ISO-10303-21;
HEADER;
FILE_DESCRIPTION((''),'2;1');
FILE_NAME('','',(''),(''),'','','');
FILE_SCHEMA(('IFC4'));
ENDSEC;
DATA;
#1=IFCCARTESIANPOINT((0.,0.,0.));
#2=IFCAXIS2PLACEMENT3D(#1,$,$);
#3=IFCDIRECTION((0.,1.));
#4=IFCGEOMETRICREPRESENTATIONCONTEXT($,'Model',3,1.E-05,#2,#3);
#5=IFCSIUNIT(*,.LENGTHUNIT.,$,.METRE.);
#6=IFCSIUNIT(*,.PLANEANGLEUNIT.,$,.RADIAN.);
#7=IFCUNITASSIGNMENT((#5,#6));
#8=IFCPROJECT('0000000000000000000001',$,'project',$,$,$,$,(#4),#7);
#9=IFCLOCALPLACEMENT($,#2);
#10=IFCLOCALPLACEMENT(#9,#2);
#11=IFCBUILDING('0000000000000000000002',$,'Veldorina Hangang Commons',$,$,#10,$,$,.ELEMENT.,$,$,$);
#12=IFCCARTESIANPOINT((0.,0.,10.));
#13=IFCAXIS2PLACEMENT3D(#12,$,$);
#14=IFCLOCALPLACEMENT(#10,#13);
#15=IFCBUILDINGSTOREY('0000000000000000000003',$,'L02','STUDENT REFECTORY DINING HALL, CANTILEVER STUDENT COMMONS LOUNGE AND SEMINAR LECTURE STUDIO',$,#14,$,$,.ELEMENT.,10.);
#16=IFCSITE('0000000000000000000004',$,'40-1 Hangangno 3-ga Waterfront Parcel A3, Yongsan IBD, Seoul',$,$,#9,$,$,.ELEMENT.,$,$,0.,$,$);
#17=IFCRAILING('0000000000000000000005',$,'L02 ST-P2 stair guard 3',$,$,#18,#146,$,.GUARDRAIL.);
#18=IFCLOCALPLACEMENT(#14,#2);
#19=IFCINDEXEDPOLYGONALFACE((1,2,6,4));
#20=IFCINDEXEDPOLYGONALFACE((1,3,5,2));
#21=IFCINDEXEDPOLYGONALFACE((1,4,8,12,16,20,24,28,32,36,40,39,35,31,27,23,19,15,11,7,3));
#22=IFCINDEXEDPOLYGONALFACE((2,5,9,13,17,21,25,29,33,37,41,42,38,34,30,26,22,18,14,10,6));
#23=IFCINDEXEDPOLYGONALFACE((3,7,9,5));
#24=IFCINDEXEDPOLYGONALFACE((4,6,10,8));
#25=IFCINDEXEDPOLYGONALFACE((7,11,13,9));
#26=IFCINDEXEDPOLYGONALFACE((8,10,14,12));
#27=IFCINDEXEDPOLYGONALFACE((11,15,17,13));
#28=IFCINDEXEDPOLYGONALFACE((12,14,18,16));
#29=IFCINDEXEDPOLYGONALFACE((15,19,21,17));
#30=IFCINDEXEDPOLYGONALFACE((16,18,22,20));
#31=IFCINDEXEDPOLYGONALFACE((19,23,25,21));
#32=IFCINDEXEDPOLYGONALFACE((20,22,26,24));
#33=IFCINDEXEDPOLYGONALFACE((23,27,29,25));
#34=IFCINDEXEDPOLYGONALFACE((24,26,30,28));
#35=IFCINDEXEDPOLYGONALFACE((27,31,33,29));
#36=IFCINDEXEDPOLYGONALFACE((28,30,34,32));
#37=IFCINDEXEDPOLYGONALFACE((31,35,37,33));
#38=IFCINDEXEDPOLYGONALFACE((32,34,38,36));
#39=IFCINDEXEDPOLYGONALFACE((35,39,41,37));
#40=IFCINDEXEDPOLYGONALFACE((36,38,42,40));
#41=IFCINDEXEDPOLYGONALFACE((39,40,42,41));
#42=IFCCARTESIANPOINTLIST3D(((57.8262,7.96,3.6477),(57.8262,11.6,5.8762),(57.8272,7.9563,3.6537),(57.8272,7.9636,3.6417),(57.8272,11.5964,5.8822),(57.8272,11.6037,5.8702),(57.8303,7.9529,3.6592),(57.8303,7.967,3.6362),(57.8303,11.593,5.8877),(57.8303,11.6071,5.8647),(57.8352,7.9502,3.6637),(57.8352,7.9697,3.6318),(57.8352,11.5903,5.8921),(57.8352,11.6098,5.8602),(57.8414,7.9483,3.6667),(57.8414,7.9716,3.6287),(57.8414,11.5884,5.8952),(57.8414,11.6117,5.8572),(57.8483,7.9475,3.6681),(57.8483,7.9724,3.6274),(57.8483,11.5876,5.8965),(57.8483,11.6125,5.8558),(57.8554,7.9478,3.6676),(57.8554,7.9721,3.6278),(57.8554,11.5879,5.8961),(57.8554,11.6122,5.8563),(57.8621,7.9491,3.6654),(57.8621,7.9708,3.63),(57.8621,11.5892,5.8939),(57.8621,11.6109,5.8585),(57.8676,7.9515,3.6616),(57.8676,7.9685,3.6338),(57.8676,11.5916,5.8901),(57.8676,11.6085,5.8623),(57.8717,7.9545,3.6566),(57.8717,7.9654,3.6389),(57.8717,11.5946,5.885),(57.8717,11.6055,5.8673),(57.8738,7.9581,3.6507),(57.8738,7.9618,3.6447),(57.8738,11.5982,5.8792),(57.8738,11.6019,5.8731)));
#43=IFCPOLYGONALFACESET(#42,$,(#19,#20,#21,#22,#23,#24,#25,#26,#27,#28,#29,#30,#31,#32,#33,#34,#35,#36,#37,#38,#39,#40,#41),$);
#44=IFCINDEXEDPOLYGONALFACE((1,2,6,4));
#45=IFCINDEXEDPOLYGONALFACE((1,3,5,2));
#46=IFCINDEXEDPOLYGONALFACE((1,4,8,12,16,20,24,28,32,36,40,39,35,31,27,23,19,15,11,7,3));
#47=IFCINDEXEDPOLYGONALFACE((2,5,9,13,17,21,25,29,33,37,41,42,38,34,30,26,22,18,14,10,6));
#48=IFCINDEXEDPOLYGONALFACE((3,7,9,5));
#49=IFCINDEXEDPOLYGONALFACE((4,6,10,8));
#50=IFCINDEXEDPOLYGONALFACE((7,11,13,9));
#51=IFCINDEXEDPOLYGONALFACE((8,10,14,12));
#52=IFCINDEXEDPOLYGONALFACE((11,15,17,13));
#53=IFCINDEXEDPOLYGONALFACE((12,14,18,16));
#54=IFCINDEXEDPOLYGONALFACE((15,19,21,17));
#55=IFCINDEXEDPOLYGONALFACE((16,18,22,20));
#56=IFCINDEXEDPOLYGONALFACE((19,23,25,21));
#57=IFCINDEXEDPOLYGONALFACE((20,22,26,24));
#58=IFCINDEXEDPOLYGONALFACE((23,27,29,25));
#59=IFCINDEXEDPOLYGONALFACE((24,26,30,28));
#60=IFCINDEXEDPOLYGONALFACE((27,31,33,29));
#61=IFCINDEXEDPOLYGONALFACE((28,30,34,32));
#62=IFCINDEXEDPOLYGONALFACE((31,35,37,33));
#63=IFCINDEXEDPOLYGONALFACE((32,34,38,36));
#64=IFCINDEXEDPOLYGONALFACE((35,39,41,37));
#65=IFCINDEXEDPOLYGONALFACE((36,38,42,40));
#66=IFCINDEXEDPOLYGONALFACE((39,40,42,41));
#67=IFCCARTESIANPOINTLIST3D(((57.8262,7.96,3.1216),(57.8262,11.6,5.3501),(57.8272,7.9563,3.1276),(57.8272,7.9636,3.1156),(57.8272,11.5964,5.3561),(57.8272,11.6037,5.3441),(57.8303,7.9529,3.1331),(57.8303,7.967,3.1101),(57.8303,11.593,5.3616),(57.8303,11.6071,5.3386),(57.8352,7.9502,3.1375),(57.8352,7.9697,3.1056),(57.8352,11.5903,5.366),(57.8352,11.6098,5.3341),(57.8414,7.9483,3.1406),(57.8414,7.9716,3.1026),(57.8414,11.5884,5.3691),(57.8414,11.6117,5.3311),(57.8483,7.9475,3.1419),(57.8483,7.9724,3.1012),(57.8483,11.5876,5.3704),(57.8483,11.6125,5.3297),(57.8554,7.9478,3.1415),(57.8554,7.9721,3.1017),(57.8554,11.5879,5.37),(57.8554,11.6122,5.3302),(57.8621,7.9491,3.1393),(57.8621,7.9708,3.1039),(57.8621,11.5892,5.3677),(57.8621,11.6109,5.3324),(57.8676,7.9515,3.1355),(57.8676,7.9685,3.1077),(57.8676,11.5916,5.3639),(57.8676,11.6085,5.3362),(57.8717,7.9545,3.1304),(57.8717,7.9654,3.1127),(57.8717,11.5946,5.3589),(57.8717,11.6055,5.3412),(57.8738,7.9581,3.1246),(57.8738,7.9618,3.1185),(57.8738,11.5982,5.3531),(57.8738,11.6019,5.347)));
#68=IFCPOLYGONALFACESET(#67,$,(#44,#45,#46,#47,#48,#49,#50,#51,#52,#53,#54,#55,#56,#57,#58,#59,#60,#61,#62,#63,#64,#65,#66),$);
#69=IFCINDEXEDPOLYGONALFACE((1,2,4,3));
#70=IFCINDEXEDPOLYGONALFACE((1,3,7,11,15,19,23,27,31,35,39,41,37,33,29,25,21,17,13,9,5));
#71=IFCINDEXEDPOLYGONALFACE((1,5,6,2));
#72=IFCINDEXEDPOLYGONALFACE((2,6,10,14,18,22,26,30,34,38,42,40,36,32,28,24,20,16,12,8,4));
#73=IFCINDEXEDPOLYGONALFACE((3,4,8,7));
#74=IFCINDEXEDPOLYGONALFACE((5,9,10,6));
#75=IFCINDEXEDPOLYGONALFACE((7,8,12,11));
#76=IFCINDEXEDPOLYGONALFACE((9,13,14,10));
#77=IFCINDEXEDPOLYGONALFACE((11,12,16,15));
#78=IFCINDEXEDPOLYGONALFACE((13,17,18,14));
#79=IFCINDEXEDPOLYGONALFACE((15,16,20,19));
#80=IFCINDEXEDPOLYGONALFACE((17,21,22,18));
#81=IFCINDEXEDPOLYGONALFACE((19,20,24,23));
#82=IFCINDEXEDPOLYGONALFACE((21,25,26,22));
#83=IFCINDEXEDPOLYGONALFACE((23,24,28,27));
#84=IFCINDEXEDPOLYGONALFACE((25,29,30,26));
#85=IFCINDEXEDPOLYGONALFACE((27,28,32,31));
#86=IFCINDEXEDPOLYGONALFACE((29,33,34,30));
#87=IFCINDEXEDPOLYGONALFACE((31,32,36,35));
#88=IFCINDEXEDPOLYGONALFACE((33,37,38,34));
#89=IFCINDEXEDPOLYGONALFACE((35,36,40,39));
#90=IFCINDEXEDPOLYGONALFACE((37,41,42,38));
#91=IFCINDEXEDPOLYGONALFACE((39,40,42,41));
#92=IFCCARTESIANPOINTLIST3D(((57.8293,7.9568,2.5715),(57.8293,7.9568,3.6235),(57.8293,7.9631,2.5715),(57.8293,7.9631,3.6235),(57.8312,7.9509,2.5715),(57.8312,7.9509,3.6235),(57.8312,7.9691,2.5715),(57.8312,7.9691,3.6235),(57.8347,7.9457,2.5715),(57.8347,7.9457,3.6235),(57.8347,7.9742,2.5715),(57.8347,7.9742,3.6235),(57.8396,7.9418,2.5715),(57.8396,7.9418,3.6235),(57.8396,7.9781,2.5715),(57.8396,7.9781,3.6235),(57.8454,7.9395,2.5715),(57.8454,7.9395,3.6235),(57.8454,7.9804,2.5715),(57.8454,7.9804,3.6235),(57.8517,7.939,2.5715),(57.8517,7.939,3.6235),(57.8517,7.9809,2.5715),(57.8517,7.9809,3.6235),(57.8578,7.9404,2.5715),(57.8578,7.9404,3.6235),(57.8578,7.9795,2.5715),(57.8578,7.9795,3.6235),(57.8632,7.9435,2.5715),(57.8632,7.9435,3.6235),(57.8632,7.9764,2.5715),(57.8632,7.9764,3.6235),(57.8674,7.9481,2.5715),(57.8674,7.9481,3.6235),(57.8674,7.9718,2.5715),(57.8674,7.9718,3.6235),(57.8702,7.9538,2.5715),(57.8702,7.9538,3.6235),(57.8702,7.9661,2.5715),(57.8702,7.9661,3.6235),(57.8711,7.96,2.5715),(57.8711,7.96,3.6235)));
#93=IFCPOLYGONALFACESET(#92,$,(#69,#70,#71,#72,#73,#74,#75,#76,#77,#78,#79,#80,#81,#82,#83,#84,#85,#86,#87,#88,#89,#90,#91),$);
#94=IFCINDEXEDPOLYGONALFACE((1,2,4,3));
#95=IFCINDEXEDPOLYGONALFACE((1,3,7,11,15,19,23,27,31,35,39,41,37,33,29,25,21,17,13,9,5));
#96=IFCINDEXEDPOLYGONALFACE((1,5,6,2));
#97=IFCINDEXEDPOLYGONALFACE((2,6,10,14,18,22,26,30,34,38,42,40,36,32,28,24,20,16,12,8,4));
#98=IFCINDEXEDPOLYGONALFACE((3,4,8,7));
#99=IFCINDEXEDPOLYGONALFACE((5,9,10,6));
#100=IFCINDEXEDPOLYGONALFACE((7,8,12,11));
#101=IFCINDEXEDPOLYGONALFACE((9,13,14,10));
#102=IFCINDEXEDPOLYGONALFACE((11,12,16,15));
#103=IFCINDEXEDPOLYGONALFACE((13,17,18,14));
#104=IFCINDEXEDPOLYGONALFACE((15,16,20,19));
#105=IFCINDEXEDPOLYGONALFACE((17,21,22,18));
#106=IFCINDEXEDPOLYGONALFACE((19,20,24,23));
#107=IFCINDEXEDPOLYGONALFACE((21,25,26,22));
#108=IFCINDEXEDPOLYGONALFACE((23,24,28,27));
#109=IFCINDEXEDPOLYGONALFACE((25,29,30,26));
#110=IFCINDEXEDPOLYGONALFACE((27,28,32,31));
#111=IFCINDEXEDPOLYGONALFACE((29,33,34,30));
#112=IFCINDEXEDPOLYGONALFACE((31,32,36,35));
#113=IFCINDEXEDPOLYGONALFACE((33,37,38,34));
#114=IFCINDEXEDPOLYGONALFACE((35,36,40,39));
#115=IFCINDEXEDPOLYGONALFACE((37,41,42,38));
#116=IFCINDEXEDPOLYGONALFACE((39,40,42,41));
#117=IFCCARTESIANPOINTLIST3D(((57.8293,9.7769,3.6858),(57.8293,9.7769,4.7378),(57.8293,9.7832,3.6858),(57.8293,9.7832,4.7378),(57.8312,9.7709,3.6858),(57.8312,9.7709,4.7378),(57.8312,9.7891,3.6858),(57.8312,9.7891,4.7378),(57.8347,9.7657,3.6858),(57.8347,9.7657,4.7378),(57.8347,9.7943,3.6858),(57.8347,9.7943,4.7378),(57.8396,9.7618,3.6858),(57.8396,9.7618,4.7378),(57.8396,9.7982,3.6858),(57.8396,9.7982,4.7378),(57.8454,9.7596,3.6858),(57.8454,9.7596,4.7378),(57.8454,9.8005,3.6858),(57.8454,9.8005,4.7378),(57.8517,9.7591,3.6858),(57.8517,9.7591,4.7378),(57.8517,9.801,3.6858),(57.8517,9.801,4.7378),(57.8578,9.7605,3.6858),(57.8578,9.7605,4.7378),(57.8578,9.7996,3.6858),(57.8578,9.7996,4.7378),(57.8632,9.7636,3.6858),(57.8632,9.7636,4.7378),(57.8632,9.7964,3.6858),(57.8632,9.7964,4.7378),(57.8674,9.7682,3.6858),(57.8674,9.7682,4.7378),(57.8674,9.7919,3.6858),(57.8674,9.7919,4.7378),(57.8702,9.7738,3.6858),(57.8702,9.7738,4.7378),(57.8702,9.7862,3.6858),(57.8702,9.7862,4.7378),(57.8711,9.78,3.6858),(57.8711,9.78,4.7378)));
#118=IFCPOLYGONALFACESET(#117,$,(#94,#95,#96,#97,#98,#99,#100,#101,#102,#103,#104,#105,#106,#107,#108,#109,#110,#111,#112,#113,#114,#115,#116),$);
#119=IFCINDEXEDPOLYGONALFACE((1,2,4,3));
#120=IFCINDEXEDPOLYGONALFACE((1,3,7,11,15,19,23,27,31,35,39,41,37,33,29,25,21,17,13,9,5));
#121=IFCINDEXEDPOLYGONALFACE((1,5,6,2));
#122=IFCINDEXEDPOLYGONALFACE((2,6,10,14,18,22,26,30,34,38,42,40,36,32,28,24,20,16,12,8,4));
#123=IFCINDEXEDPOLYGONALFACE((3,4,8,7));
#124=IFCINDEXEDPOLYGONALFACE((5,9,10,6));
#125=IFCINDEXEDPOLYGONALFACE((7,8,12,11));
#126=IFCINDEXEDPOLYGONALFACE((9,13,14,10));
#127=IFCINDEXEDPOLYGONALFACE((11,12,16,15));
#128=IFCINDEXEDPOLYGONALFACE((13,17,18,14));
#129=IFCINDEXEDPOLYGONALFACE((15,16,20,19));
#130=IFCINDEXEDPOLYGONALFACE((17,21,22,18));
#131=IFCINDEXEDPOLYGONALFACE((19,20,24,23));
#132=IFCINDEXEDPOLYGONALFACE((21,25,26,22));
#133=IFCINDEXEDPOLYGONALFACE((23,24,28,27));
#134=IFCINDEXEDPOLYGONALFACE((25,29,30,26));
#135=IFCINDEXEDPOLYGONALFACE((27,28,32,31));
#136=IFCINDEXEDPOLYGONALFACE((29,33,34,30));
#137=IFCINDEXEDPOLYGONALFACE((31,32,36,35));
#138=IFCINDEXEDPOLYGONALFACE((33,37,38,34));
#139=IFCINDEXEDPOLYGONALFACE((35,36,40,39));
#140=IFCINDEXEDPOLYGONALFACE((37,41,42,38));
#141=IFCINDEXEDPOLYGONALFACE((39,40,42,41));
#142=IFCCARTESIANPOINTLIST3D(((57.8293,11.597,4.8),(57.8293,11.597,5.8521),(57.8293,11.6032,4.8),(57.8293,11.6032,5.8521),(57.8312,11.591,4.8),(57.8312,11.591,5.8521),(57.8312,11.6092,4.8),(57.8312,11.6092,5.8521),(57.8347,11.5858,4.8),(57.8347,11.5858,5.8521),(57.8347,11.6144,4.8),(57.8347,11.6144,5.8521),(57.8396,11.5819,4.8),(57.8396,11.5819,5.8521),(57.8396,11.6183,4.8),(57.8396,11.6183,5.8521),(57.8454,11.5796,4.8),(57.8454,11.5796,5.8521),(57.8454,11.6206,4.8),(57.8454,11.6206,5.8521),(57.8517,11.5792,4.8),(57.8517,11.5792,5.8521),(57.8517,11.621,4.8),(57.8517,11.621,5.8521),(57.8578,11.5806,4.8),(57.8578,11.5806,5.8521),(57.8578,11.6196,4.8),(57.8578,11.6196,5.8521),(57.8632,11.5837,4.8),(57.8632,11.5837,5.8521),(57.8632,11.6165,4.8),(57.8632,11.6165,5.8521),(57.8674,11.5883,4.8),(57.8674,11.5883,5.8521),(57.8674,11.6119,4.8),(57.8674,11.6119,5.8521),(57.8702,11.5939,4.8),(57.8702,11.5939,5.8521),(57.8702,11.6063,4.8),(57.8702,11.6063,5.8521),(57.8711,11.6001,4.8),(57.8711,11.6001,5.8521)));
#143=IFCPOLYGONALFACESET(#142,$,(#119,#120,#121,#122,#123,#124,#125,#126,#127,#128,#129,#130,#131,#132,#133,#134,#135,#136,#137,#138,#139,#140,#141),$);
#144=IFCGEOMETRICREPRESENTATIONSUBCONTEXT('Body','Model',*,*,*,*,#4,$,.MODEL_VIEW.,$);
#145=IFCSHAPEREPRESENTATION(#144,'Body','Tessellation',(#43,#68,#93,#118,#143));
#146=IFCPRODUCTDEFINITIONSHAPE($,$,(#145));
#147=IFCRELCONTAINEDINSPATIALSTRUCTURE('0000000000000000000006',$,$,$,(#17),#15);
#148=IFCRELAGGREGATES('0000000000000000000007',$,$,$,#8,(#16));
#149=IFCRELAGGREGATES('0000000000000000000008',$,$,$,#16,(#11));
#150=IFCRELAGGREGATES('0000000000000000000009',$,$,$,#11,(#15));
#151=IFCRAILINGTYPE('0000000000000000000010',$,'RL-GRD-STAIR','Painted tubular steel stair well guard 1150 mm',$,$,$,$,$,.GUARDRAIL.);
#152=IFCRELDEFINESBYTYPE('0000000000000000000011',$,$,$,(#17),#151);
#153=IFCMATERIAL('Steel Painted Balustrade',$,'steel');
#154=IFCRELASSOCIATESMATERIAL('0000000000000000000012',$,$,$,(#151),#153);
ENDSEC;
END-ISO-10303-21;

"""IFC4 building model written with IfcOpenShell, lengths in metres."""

from ifc_helpers import new_model, si_unit, direction, frame, origin, origin_2d, place, context, subcontext, project, spatial, circle, extrude, material, type_object, element, save


model = new_model("IFC4")

# Units and contexts
model_context = context("Model", 3, precision=1e-05, world=origin(), true_north=direction((0.0, 1.0)))
body_context = subcontext(model_context, "Body", "Model", "MODEL_VIEW")
ifc_project = project(units=[si_unit("LENGTHUNIT", "METRE"), si_unit("PLANEANGLEUNIT", "RADIAN")], contexts=[model_context])

# Site, building, storey
site_placement = place(None, origin())
site = spatial("IfcSite", under=ifc_project, at=site_placement, Name="40-1 Hangangno 3-ga Waterfront Parcel A3, Yongsan IBD, Seoul", CompositionType="ELEMENT", RefElevation=0.0)
building_placement = place(site_placement, origin())
building = spatial("IfcBuilding", under=site, at=building_placement, Name="Veldorina Hangang Commons", CompositionType="ELEMENT")
storey_placement = place(building_placement, frame((0.0, 0.0, 10.0)))
storey = spatial("IfcBuildingStorey", under=building, at=storey_placement, Name="L02", Description="STUDENT REFECTORY DINING HALL, CANTILEVER STUDENT COMMONS LOUNGE AND SEMINAR LECTURE STUDIO", CompositionType="ELEMENT", Elevation=10.0)

# Railing
ifc_material_1 = material(Name="Steel Painted Balustrade", Category="steel")
railing_type_1 = type_object("IfcRailingType", Name="RL-GRD-STAIR", Description="Painted tubular steel stair well guard 1150 mm", PredefinedType="GUARDRAIL", material=ifc_material_1)
railing_1_placement = place(storey_placement, frame((57.8501, 7.96, 2.5715)))
element("IfcRailing", 1, at=railing_1_placement, inside=storey, type_object=railing_type_1, Name="L02 ST-P2 stair guard 3", PredefinedType="GUARDRAIL", context=body_context, shape_type="SweptSolid", body=[
    extrude(circle(Radius=0.0239, at=origin_2d()), frame((0.0, 0.0, 1.0762), z_axis=(0.0, 0.852866, 0.52213), x_axis=(-1.0, 0.0, 0.0)), (0.0, 0.0, 1.0), 4.2681),
    extrude(circle(Radius=0.0239, at=origin_2d()), frame((0.0, 0.0, 0.55), z_axis=(0.0, 0.852866, 0.52213), x_axis=(-1.0, 0.0, 0.0)), (0.0, 0.0, 1.0), 4.2681),
    extrude(circle(Radius=0.021, at=origin_2d()), origin(), (0.0, 0.0, 1.0), 1.052),
    extrude(circle(Radius=0.021, at=origin_2d()), frame((0.0, 1.8201, 1.1143)), (0.0, 0.0, 1.0), 1.052),
    extrude(circle(Radius=0.021, at=origin_2d()), frame((0.0, 3.6401, 2.2285)), (0.0, 0.0, 1.0), 1.052),
])

save(model, "model.ifc")
